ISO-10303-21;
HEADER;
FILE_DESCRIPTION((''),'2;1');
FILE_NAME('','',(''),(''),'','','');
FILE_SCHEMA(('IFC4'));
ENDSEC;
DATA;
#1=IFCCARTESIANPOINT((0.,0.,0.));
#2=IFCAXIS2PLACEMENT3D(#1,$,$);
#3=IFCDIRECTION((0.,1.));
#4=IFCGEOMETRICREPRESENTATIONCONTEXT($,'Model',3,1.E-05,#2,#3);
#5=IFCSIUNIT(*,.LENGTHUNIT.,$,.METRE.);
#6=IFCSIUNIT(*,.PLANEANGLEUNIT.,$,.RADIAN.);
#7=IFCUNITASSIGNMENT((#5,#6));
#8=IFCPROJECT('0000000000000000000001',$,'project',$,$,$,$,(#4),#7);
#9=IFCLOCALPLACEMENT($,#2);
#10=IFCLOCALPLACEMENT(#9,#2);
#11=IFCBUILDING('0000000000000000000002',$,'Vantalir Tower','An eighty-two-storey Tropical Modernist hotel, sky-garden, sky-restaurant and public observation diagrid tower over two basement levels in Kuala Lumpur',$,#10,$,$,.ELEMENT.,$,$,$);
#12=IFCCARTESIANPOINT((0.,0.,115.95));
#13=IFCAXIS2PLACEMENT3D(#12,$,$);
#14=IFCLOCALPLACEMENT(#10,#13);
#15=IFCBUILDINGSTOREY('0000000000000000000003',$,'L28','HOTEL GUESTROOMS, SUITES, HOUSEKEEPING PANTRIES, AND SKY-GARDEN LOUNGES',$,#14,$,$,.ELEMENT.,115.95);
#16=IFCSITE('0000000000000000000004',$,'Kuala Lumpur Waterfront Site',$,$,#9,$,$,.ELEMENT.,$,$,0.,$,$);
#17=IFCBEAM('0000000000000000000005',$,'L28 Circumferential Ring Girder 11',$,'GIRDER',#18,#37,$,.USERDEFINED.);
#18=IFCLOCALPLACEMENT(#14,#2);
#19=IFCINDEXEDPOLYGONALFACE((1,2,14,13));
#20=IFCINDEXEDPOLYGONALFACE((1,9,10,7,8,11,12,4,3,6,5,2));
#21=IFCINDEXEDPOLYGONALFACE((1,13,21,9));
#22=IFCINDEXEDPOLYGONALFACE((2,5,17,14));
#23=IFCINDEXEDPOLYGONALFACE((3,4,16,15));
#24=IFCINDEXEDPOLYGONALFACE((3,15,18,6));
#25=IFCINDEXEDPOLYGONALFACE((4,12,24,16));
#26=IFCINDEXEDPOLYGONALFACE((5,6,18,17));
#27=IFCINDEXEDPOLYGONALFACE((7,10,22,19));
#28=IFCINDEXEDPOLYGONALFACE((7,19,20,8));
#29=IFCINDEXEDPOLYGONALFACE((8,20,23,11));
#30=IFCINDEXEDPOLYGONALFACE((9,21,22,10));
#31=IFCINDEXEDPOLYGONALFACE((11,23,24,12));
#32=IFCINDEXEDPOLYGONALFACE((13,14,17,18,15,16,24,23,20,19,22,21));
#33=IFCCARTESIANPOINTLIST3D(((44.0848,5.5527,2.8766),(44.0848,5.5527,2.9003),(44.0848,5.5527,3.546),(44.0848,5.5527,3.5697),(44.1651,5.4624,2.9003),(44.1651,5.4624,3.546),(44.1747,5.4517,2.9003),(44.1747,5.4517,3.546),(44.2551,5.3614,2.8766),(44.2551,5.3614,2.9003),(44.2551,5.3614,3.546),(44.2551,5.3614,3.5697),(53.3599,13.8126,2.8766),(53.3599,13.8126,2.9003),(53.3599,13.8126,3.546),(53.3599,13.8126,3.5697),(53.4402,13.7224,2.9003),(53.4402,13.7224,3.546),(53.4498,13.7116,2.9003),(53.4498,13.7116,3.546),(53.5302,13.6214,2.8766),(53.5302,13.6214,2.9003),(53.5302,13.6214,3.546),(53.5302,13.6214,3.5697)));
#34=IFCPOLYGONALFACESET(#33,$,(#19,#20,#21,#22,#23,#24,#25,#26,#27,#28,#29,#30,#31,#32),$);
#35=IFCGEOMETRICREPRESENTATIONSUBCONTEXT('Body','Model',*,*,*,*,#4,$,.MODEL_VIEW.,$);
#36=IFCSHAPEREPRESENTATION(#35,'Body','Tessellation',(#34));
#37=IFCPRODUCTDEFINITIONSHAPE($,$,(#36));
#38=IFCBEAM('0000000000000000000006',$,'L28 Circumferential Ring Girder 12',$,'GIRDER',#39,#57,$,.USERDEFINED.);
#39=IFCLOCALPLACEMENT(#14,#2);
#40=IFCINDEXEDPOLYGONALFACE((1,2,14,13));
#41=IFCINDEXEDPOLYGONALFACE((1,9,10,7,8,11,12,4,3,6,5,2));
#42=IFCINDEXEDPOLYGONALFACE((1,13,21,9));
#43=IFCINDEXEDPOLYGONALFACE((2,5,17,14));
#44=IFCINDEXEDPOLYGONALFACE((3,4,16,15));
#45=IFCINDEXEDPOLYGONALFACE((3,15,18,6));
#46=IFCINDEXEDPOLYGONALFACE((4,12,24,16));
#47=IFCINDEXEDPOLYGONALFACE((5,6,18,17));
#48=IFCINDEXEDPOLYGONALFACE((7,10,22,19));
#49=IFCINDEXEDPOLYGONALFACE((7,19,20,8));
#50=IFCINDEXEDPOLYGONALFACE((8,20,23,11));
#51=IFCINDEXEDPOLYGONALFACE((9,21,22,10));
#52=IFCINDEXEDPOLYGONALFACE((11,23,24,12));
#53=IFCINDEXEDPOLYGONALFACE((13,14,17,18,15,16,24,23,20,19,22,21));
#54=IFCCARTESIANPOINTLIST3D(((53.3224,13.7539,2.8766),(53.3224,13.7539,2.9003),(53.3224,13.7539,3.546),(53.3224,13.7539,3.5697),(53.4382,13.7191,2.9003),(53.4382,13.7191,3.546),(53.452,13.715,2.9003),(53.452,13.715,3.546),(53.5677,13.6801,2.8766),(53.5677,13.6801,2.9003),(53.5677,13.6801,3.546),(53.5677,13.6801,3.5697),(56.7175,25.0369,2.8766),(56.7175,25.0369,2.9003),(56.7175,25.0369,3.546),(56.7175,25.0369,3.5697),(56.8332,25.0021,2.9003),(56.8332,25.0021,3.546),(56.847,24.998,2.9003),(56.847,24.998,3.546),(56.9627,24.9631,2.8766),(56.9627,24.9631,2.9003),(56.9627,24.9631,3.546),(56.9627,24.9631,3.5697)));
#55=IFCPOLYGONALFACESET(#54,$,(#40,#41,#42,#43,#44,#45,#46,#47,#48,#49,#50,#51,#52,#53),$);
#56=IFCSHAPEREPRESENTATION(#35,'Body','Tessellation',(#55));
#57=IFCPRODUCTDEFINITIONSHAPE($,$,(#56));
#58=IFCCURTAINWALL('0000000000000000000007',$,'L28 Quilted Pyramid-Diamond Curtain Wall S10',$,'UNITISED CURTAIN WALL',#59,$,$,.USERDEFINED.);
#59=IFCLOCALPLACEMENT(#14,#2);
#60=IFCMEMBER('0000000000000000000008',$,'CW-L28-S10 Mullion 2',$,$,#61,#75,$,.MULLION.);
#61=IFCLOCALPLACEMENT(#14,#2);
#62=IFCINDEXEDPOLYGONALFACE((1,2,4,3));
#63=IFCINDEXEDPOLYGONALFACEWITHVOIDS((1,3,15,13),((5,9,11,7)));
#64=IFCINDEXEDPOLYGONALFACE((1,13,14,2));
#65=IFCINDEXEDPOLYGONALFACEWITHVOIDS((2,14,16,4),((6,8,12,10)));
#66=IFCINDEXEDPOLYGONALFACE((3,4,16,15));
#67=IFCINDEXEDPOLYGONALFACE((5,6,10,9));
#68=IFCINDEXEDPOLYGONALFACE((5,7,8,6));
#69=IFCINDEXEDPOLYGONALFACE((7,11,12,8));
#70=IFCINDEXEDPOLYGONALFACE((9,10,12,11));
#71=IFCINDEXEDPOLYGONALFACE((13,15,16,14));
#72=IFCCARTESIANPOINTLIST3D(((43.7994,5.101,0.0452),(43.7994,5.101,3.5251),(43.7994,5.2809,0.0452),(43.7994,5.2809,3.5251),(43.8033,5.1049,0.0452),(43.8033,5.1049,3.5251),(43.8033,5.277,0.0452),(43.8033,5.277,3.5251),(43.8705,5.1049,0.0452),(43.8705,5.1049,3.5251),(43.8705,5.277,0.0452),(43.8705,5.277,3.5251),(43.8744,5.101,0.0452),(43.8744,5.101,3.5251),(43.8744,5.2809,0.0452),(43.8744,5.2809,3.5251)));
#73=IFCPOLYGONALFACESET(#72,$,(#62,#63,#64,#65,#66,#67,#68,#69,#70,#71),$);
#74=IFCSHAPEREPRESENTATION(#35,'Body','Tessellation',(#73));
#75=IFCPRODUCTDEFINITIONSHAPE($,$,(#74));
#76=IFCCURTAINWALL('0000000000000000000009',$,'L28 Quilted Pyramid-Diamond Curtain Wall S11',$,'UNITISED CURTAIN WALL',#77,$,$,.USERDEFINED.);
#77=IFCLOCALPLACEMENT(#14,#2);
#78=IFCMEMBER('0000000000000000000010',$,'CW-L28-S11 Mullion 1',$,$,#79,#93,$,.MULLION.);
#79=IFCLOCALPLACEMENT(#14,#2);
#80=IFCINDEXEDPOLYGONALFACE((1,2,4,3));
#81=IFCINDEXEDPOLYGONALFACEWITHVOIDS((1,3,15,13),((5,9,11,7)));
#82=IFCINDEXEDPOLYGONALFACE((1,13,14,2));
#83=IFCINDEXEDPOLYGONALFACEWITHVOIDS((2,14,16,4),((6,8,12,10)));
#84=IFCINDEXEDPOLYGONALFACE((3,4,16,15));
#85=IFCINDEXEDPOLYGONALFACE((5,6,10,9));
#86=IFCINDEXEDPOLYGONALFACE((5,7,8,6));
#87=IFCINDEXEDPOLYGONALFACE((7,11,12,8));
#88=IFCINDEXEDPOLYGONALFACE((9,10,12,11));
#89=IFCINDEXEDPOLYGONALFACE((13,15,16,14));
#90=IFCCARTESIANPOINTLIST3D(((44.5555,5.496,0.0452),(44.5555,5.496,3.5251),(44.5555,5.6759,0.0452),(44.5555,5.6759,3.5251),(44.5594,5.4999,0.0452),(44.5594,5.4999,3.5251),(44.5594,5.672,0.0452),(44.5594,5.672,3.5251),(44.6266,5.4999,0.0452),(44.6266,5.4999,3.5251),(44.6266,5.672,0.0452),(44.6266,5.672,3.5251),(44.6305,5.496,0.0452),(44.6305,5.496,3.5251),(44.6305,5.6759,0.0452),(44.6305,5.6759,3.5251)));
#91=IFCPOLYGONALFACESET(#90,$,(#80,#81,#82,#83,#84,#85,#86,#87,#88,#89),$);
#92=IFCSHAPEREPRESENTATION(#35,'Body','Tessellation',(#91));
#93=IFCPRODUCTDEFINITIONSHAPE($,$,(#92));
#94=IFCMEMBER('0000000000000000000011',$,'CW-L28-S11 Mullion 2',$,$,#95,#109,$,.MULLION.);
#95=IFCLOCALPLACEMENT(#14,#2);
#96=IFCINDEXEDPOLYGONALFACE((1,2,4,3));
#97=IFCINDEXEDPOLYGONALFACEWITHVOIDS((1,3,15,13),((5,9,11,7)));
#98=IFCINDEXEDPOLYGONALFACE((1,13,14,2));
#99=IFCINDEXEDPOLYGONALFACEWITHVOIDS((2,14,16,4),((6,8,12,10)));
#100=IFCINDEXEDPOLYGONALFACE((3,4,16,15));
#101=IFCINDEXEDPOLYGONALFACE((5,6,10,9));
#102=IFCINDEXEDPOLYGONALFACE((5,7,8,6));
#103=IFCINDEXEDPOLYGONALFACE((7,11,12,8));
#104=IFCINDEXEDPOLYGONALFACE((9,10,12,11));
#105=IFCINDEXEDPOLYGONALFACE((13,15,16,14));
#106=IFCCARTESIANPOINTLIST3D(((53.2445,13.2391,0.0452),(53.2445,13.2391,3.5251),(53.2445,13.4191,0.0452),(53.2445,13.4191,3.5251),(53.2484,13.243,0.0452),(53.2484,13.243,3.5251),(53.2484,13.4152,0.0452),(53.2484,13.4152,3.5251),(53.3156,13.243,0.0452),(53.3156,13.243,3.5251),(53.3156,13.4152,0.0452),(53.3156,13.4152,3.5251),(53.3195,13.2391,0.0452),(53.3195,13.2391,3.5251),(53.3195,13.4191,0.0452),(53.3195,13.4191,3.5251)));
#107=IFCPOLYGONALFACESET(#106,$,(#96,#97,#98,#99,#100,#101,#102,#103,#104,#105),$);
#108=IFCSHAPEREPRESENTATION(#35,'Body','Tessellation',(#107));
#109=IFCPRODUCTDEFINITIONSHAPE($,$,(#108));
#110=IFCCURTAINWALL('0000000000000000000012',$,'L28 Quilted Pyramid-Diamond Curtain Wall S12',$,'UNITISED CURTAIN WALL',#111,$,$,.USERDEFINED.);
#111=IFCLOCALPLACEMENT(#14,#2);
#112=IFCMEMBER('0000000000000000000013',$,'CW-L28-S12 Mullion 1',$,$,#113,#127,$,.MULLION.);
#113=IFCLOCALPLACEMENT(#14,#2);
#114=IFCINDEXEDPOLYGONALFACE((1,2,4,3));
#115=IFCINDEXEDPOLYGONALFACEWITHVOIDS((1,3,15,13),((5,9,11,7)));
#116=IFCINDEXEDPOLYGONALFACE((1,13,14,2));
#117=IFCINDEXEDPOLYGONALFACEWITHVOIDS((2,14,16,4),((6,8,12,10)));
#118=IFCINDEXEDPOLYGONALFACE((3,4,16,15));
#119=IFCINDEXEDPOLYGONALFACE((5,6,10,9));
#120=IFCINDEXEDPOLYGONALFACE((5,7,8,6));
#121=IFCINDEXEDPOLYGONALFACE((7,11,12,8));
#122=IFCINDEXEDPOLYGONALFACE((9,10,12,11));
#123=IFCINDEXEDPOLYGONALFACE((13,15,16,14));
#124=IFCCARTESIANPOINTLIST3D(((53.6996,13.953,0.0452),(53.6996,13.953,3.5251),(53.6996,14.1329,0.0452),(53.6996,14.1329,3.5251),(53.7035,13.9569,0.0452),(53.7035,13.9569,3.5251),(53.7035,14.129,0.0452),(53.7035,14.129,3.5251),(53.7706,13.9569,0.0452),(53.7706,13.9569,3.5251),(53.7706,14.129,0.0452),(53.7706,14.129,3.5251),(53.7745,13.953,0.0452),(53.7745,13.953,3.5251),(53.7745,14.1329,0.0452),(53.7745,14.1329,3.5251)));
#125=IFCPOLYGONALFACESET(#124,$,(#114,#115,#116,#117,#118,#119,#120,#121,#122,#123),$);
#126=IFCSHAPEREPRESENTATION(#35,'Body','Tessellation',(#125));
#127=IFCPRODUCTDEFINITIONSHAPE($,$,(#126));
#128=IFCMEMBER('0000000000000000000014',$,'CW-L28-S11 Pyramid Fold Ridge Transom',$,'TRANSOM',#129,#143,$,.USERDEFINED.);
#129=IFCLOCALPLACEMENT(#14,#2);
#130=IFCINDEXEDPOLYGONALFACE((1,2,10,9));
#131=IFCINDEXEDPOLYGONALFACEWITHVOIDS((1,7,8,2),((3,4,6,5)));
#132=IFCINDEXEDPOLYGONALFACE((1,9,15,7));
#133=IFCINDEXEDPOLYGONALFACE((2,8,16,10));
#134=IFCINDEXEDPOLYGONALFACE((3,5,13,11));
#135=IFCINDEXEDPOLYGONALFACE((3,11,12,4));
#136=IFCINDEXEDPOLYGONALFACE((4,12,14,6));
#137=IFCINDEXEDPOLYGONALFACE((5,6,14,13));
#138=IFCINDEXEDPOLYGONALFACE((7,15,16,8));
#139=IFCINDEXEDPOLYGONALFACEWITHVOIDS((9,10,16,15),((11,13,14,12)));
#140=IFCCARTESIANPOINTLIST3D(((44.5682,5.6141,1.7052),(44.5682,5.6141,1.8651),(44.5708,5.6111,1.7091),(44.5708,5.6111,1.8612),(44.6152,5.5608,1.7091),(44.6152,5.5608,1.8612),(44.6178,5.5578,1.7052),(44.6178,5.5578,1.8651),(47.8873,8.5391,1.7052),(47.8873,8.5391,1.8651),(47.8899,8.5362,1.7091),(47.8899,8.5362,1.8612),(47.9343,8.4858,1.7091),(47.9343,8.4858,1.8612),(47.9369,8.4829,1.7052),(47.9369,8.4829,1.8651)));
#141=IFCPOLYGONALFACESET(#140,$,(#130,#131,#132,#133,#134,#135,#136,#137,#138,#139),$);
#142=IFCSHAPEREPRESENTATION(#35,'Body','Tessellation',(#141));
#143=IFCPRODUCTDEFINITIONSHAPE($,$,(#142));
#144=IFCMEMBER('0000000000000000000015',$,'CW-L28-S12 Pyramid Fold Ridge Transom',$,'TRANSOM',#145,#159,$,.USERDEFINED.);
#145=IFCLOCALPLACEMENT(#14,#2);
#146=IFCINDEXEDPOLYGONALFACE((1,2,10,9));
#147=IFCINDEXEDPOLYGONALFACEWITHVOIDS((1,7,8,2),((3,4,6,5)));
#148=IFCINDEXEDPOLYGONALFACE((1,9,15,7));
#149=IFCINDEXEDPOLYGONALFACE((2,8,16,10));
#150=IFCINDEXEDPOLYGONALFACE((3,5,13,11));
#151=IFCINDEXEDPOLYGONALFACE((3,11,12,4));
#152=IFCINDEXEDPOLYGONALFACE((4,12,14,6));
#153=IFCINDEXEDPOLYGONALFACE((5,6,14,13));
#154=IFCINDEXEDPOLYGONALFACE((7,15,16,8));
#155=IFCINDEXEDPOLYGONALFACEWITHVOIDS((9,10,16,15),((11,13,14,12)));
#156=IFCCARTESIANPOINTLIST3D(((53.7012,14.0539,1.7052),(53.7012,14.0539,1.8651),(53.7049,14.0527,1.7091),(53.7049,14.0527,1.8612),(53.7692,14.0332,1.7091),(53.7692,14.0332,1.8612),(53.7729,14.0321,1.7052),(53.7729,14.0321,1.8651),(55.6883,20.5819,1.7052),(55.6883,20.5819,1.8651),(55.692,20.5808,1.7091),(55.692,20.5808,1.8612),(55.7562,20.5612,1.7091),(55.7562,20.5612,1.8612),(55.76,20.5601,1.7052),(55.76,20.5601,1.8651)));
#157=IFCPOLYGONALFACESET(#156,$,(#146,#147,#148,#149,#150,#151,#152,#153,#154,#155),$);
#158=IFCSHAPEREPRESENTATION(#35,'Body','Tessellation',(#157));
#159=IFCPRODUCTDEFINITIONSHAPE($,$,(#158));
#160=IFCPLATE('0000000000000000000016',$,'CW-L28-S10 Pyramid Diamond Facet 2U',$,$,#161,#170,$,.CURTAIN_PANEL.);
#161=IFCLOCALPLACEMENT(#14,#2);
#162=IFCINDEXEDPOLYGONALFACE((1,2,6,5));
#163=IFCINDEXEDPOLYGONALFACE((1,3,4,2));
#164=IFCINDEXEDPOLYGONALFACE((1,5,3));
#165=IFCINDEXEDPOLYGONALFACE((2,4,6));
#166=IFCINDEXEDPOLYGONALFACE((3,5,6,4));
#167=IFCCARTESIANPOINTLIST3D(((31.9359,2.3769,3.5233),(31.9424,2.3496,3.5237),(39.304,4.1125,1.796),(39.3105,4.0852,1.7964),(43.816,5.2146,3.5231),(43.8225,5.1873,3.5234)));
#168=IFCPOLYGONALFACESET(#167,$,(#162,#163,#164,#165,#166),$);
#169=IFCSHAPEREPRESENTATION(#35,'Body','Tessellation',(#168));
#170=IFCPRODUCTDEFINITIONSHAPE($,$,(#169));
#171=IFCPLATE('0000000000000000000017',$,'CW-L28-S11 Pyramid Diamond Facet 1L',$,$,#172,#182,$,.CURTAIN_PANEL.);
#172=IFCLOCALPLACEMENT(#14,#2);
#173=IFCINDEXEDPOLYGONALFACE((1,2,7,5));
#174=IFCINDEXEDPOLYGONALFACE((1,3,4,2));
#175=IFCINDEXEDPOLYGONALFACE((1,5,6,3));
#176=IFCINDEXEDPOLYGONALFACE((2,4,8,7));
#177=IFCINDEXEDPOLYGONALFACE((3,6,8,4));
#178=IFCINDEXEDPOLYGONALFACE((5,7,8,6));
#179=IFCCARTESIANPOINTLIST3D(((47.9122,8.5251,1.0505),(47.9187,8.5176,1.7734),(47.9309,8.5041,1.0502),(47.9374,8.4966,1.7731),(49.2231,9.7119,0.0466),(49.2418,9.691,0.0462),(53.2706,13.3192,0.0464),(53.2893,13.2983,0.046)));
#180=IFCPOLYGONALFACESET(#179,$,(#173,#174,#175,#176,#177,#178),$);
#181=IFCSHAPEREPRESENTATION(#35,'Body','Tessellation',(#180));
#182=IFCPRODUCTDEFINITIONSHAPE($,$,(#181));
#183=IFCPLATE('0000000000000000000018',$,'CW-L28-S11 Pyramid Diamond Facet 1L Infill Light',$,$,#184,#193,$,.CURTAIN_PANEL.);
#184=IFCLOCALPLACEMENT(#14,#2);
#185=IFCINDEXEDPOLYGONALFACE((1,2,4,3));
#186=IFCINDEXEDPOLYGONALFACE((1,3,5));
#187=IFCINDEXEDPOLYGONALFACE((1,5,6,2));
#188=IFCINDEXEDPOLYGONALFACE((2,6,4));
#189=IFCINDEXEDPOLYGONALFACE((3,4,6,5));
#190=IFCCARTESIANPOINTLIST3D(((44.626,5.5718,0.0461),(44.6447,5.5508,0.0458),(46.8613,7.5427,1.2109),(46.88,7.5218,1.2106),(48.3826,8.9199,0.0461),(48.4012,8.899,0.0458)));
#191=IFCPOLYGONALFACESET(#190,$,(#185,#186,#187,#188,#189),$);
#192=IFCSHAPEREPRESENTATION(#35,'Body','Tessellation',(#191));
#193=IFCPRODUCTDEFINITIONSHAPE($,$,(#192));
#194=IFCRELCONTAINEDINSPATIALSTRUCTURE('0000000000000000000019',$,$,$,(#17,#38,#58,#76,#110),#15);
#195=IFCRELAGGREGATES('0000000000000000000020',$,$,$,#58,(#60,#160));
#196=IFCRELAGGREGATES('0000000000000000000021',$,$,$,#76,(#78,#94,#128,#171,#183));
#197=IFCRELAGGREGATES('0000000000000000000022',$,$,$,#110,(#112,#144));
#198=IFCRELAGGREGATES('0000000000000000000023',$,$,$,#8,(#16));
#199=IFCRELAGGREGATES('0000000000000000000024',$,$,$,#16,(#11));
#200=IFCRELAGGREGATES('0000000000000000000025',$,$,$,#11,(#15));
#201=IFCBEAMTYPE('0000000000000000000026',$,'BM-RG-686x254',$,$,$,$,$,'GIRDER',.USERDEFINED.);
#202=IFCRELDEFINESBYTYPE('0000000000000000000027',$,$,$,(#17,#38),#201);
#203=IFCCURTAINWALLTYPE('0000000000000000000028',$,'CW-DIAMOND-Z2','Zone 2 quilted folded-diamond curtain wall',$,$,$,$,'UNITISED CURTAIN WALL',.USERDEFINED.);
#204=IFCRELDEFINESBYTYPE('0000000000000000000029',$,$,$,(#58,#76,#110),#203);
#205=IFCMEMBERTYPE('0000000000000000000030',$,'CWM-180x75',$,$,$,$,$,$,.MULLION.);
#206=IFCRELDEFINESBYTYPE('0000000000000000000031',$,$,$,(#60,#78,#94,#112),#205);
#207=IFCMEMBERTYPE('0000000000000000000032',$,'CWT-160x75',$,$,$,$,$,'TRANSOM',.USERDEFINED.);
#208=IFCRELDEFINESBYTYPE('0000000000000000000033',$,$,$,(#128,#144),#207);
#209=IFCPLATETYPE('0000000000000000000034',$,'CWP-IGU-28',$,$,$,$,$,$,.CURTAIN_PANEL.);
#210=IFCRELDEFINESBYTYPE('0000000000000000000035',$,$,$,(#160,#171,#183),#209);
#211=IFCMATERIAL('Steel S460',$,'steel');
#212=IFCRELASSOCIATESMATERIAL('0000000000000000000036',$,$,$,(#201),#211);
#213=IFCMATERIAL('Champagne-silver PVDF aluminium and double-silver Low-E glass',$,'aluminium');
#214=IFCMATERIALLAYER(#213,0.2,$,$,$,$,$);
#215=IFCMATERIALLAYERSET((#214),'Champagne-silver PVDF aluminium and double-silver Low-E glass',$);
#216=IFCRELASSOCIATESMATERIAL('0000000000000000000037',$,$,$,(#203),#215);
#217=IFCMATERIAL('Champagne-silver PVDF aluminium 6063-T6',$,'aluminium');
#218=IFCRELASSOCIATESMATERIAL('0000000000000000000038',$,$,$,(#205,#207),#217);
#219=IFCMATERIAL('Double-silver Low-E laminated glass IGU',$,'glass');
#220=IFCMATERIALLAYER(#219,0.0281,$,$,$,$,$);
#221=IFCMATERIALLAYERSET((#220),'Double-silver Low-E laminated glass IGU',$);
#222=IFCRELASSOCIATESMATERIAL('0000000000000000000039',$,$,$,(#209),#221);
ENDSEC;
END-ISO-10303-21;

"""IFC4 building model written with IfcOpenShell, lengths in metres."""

from ifc_helpers import new_model, si_unit, direction, frame, origin, origin_2d, place, context, subcontext, project, spatial, polyline, hollow_rectangle, i_section, outline, extrude, material, layer, layer_set, material_profile, profile_set, type_object, element, aggregate, save


model = new_model("IFC4")

# Units and contexts
model_context = context("Model", 3, precision=1e-05, world=origin(), true_north=direction((0.0, 1.0)))
body_context = subcontext(model_context, "Body", "Model", "MODEL_VIEW")
ifc_project = project(units=[si_unit("LENGTHUNIT", "METRE"), si_unit("PLANEANGLEUNIT", "RADIAN")], contexts=[model_context])

# Site, building, storey
site_placement = place(None, origin())
site = spatial("IfcSite", under=ifc_project, at=site_placement, Name="Kuala Lumpur Waterfront Site", CompositionType="ELEMENT", RefElevation=0.0)
building_placement = place(site_placement, origin())
building = spatial("IfcBuilding", under=site, at=building_placement, Name="Vantalir Tower", Description="An eighty-two-storey Tropical Modernist hotel, sky-garden, sky-restaurant and public observation diagrid tower over two basement levels in Kuala Lumpur", CompositionType="ELEMENT")
storey_placement = place(building_placement, frame((0.0, 0.0, 115.95)))
storey = spatial("IfcBuildingStorey", under=building, at=storey_placement, Name="L28", Description="HOTEL GUESTROOMS, SUITES, HOUSEKEEPING PANTRIES, AND SKY-GARDEN LOUNGES", CompositionType="ELEMENT", Elevation=115.95)

# Shared definitions
ifc_material_1 = material(Name="Steel S460", Category="steel")

# Beams
ifc_material_profile_1 = material_profile(ifc_material_1, i_section(OverallWidth=0.2561, OverallDepth=0.6931, WebThickness=0.0144, FlangeThickness=0.0237, at=origin_2d()), Name="Steel S460")
ifc_profile_set_1 = profile_set([ifc_material_profile_1], Name="Steel S460")
beam_type_1 = type_object("IfcBeamType", Name="BM-RG-686x254", ElementType="GIRDER", PredefinedType="USERDEFINED", material=ifc_profile_set_1)
beam_1_placement = place(storey_placement, frame((44.1699, 5.457, 3.2231), z_axis=(0.746792, 0.665058, 0.0), x_axis=(-0.665058, 0.746792, 0.0)))
element("IfcBeam", 1, at=beam_1_placement, inside=storey, type_object=beam_type_1, Name="L28 Circumferential Ring Girder 11", ObjectType="GIRDER", PredefinedType="USERDEFINED", context=body_context, shape_type="SweptSolid", body=[
    extrude(i_section(OverallWidth=0.2561, OverallDepth=0.6931, WebThickness=0.0144, FlangeThickness=0.0237, at=origin_2d()), origin(), (0.0, 0.0, 1.0), 12.4199),
])
beam_2_placement = place(storey_placement, frame((53.4451, 13.717, 3.2231), z_axis=(0.288137, 0.957589, 0.0), x_axis=(-0.957589, 0.288137, 0.0)))
element("IfcBeam", 2, at=beam_2_placement, inside=storey, type_object=beam_type_1, Name="L28 Circumferential Ring Girder 12", ObjectType="GIRDER", PredefinedType="USERDEFINED", context=body_context, shape_type="SweptSolid", body=[
    extrude(i_section(OverallWidth=0.2561, OverallDepth=0.6931, WebThickness=0.0144, FlangeThickness=0.0237, at=origin_2d()), origin(), (0.0, 0.0, 1.0), 11.7827),
])

# Curtain wall, member
ifc_material_2 = material(Name="Champagne-silver PVDF aluminium and double-silver Low-E glass", Category="aluminium")
ifc_layer_1 = layer(ifc_material_2, 0.2)
ifc_layer_set_1 = layer_set([ifc_layer_1], Name="Champagne-silver PVDF aluminium and double-silver Low-E glass")
curtain_wall_type = type_object("IfcCurtainWallType", Name="CW-DIAMOND-Z2", Description="Zone 2 quilted folded-diamond curtain wall", ElementType="UNITISED CURTAIN WALL", PredefinedType="USERDEFINED", material=ifc_layer_set_1)
curtain_wall_1_placement = place(storey_placement, origin())
curtain_wall_1 = element("IfcCurtainWall", 3, at=curtain_wall_1_placement, inside=storey, type_object=curtain_wall_type, Name="L28 Quilted Pyramid-Diamond Curtain Wall S10", ObjectType="UNITISED CURTAIN WALL", PredefinedType="USERDEFINED")
ifc_material_3 = material(Name="Champagne-silver PVDF aluminium 6063-T6", Category="aluminium")
ifc_material_profile_2 = material_profile(ifc_material_3, hollow_rectangle(XDim=0.075, YDim=0.1799, WallThickness=0.0039, at=origin_2d()), Name="Champagne-silver PVDF aluminium 6063-T6")
ifc_profile_set_2 = profile_set([ifc_material_profile_2], Name="Champagne-silver PVDF aluminium 6063-T6")
member_type_1 = type_object("IfcMemberType", Name="CWM-180x75", PredefinedType="MULLION", material=ifc_profile_set_2)
member_1_placement = place(storey_placement, frame((43.8369, 5.1909, 0.0452), z_axis=(0.0, 0.0, 1.0), x_axis=(1.0, 0.0, 0.0)))
member_1 = element("IfcMember", 4, at=member_1_placement, type_object=member_type_1, Name="CW-L28-S10 Mullion 2", PredefinedType="MULLION", context=body_context, shape_type="SweptSolid", body=[
    extrude(hollow_rectangle(XDim=0.075, YDim=0.1799, WallThickness=0.0039, at=origin_2d()), origin(), (0.0, 0.0, 1.0), 3.48),
])

# Curtain wall, members
curtain_wall_2_placement = place(storey_placement, origin())
curtain_wall_2 = element("IfcCurtainWall", 5, at=curtain_wall_2_placement, inside=storey, type_object=curtain_wall_type, Name="L28 Quilted Pyramid-Diamond Curtain Wall S11", ObjectType="UNITISED CURTAIN WALL", PredefinedType="USERDEFINED")
member_2_placement = place(storey_placement, frame((44.593, 5.5859, 0.0452), z_axis=(0.0, 0.0, 1.0), x_axis=(1.0, 0.0, 0.0)))
member_2 = element("IfcMember", 6, at=member_2_placement, type_object=member_type_1, Name="CW-L28-S11 Mullion 1", PredefinedType="MULLION", context=body_context, shape_type="SweptSolid", body=[
    extrude(hollow_rectangle(XDim=0.075, YDim=0.1799, WallThickness=0.0039, at=origin_2d()), origin(), (0.0, 0.0, 1.0), 3.48),
])
member_3_placement = place(storey_placement, frame((53.282, 13.3291, 0.0452), z_axis=(0.0, 0.0, 1.0), x_axis=(1.0, 0.0, 0.0)))
member_3 = element("IfcMember", 7, at=member_3_placement, type_object=member_type_1, Name="CW-L28-S11 Mullion 2", PredefinedType="MULLION", context=body_context, shape_type="SweptSolid", body=[
    extrude(hollow_rectangle(XDim=0.075, YDim=0.1799, WallThickness=0.0039, at=origin_2d()), origin(), (0.0, 0.0, 1.0), 3.48),
])

# Curtain wall, member
curtain_wall_3_placement = place(storey_placement, origin())
curtain_wall_3 = element("IfcCurtainWall", 8, at=curtain_wall_3_placement, inside=storey, type_object=curtain_wall_type, Name="L28 Quilted Pyramid-Diamond Curtain Wall S12", ObjectType="UNITISED CURTAIN WALL", PredefinedType="USERDEFINED")
member_4_placement = place(storey_placement, frame((53.7371, 14.043, 0.0452), z_axis=(0.0, 0.0, 1.0), x_axis=(1.0, 0.0, 0.0)))
member_4 = element("IfcMember", 9, at=member_4_placement, type_object=member_type_1, Name="CW-L28-S12 Mullion 1", PredefinedType="MULLION", context=body_context, shape_type="SweptSolid", body=[
    extrude(hollow_rectangle(XDim=0.075, YDim=0.1799, WallThickness=0.0039, at=origin_2d()), origin(), (0.0, 0.0, 1.0), 3.48),
])

# Members
ifc_material_profile_3 = material_profile(ifc_material_3, hollow_rectangle(XDim=0.075, YDim=0.1599, WallThickness=0.0039, at=origin_2d()), Name="Champagne-silver PVDF aluminium 6063-T6")
ifc_profile_set_3 = profile_set([ifc_material_profile_3], Name="Champagne-silver PVDF aluminium 6063-T6")
member_type_2 = type_object("IfcMemberType", Name="CWT-160x75", ElementType="TRANSOM", PredefinedType="USERDEFINED", material=ifc_profile_set_3)
member_5_placement = place(storey_placement, frame((44.593, 5.5859, 1.7852), z_axis=(0.750237, 0.661169, 0.0), x_axis=(-0.661169, 0.750237, 0.0)))
member_5 = element("IfcMember", 10, at=member_5_placement, type_object=member_type_2, Name="CW-L28-S11 Pyramid Fold Ridge Transom", ObjectType="TRANSOM", PredefinedType="USERDEFINED", context=body_context, shape_type="SweptSolid", body=[
    extrude(hollow_rectangle(XDim=0.075, YDim=0.1599, WallThickness=0.0039, at=origin_2d()), origin(), (0.0, 0.0, 1.0), 4.4241),
])
member_6_placement = place(storey_placement, frame((53.7371, 14.043, 1.7852), z_axis=(0.291196, 0.956663, 0.0), x_axis=(-0.956663, 0.291196, 0.0)))
member_6 = element("IfcMember", 11, at=member_6_placement, type_object=member_type_2, Name="CW-L28-S12 Pyramid Fold Ridge Transom", ObjectType="TRANSOM", PredefinedType="USERDEFINED", context=body_context, shape_type="SweptSolid", body=[
    extrude(hollow_rectangle(XDim=0.075, YDim=0.1599, WallThickness=0.0039, at=origin_2d()), origin(), (0.0, 0.0, 1.0), 6.8237),
])

# Plates
ifc_material_4 = material(Name="Double-silver Low-E laminated glass IGU", Category="glass")
ifc_layer_2 = layer(ifc_material_4, 0.0281)
ifc_layer_set_2 = layer_set([ifc_layer_2], Name="Double-silver Low-E laminated glass IGU")
plate_type_1 = type_object("IfcPlateType", Name="CWP-IGU-28", PredefinedType="CURTAIN_PANEL", material=ifc_layer_set_2)
plate_1_placement = place(storey_placement, frame((43.8225, 5.1873, 3.5234), z_axis=(0.2323, -0.972548, 0.013705), x_axis=(-0.972639, -0.232321, 0.00002)))
plate_1 = element("IfcPlate", 12, at=plate_1_placement, type_object=plate_type_1, Name="CW-L28-S10 Pyramid Diamond Facet 2U", PredefinedType="CURTAIN_PANEL", context=body_context, shape_type="SweptSolid", body=[
    extrude(outline(polyline([(0.0, 0.0), (12.2143, 0.0), (4.6445, 1.7273), (0.0, 0.0)])), origin(), (0.0, 0.0, -1.0), 0.0281),
])
aggregate(curtain_wall_1, [member_1, plate_1])
plate_2_placement = place(storey_placement, frame((49.2231, 9.7119, 0.0466), z_axis=(-0.66529, 0.746459, 0.013719), x_axis=(0.746529, 0.665353, -0.000045)))
plate_2 = element("IfcPlate", 13, at=plate_2_placement, type_object=plate_type_1, Name="CW-L28-S11 Pyramid Diamond Facet 1L", PredefinedType="CURTAIN_PANEL", context=body_context, shape_type="SweptSolid", body=[
    extrude(outline(polyline([(0.0, 0.0), (5.4217, 0.0), (-1.7685, -1.7269), (-1.7684, -1.0039), (0.0, 0.0)])), origin(), (0.0, 0.0, -1.0), 0.0281),
])
plate_3_placement = place(storey_placement, frame((44.626, 5.5718, 0.0461), z_axis=(-0.665295, 0.746455, 0.013688), x_axis=(0.746525, 0.665357, 0.0)))
plate_3 = element("IfcPlate", 14, at=plate_3_placement, type_object=plate_type_1, Name="CW-L28-S11 Pyramid Diamond Facet 1L Infill Light", PredefinedType="CURTAIN_PANEL", context=body_context, shape_type="SweptSolid", body=[
    extrude(outline(polyline([(0.0, 0.0), (5.0321, 0.0), (2.9801, -1.1649), (0.0, 0.0)])), origin(), (0.0, 0.0, -1.0), 0.0281),
])
aggregate(curtain_wall_2, [member_2, member_3, member_5, plate_2, plate_3])
aggregate(curtain_wall_3, [member_4, member_6])

save(model, "model.ifc")
